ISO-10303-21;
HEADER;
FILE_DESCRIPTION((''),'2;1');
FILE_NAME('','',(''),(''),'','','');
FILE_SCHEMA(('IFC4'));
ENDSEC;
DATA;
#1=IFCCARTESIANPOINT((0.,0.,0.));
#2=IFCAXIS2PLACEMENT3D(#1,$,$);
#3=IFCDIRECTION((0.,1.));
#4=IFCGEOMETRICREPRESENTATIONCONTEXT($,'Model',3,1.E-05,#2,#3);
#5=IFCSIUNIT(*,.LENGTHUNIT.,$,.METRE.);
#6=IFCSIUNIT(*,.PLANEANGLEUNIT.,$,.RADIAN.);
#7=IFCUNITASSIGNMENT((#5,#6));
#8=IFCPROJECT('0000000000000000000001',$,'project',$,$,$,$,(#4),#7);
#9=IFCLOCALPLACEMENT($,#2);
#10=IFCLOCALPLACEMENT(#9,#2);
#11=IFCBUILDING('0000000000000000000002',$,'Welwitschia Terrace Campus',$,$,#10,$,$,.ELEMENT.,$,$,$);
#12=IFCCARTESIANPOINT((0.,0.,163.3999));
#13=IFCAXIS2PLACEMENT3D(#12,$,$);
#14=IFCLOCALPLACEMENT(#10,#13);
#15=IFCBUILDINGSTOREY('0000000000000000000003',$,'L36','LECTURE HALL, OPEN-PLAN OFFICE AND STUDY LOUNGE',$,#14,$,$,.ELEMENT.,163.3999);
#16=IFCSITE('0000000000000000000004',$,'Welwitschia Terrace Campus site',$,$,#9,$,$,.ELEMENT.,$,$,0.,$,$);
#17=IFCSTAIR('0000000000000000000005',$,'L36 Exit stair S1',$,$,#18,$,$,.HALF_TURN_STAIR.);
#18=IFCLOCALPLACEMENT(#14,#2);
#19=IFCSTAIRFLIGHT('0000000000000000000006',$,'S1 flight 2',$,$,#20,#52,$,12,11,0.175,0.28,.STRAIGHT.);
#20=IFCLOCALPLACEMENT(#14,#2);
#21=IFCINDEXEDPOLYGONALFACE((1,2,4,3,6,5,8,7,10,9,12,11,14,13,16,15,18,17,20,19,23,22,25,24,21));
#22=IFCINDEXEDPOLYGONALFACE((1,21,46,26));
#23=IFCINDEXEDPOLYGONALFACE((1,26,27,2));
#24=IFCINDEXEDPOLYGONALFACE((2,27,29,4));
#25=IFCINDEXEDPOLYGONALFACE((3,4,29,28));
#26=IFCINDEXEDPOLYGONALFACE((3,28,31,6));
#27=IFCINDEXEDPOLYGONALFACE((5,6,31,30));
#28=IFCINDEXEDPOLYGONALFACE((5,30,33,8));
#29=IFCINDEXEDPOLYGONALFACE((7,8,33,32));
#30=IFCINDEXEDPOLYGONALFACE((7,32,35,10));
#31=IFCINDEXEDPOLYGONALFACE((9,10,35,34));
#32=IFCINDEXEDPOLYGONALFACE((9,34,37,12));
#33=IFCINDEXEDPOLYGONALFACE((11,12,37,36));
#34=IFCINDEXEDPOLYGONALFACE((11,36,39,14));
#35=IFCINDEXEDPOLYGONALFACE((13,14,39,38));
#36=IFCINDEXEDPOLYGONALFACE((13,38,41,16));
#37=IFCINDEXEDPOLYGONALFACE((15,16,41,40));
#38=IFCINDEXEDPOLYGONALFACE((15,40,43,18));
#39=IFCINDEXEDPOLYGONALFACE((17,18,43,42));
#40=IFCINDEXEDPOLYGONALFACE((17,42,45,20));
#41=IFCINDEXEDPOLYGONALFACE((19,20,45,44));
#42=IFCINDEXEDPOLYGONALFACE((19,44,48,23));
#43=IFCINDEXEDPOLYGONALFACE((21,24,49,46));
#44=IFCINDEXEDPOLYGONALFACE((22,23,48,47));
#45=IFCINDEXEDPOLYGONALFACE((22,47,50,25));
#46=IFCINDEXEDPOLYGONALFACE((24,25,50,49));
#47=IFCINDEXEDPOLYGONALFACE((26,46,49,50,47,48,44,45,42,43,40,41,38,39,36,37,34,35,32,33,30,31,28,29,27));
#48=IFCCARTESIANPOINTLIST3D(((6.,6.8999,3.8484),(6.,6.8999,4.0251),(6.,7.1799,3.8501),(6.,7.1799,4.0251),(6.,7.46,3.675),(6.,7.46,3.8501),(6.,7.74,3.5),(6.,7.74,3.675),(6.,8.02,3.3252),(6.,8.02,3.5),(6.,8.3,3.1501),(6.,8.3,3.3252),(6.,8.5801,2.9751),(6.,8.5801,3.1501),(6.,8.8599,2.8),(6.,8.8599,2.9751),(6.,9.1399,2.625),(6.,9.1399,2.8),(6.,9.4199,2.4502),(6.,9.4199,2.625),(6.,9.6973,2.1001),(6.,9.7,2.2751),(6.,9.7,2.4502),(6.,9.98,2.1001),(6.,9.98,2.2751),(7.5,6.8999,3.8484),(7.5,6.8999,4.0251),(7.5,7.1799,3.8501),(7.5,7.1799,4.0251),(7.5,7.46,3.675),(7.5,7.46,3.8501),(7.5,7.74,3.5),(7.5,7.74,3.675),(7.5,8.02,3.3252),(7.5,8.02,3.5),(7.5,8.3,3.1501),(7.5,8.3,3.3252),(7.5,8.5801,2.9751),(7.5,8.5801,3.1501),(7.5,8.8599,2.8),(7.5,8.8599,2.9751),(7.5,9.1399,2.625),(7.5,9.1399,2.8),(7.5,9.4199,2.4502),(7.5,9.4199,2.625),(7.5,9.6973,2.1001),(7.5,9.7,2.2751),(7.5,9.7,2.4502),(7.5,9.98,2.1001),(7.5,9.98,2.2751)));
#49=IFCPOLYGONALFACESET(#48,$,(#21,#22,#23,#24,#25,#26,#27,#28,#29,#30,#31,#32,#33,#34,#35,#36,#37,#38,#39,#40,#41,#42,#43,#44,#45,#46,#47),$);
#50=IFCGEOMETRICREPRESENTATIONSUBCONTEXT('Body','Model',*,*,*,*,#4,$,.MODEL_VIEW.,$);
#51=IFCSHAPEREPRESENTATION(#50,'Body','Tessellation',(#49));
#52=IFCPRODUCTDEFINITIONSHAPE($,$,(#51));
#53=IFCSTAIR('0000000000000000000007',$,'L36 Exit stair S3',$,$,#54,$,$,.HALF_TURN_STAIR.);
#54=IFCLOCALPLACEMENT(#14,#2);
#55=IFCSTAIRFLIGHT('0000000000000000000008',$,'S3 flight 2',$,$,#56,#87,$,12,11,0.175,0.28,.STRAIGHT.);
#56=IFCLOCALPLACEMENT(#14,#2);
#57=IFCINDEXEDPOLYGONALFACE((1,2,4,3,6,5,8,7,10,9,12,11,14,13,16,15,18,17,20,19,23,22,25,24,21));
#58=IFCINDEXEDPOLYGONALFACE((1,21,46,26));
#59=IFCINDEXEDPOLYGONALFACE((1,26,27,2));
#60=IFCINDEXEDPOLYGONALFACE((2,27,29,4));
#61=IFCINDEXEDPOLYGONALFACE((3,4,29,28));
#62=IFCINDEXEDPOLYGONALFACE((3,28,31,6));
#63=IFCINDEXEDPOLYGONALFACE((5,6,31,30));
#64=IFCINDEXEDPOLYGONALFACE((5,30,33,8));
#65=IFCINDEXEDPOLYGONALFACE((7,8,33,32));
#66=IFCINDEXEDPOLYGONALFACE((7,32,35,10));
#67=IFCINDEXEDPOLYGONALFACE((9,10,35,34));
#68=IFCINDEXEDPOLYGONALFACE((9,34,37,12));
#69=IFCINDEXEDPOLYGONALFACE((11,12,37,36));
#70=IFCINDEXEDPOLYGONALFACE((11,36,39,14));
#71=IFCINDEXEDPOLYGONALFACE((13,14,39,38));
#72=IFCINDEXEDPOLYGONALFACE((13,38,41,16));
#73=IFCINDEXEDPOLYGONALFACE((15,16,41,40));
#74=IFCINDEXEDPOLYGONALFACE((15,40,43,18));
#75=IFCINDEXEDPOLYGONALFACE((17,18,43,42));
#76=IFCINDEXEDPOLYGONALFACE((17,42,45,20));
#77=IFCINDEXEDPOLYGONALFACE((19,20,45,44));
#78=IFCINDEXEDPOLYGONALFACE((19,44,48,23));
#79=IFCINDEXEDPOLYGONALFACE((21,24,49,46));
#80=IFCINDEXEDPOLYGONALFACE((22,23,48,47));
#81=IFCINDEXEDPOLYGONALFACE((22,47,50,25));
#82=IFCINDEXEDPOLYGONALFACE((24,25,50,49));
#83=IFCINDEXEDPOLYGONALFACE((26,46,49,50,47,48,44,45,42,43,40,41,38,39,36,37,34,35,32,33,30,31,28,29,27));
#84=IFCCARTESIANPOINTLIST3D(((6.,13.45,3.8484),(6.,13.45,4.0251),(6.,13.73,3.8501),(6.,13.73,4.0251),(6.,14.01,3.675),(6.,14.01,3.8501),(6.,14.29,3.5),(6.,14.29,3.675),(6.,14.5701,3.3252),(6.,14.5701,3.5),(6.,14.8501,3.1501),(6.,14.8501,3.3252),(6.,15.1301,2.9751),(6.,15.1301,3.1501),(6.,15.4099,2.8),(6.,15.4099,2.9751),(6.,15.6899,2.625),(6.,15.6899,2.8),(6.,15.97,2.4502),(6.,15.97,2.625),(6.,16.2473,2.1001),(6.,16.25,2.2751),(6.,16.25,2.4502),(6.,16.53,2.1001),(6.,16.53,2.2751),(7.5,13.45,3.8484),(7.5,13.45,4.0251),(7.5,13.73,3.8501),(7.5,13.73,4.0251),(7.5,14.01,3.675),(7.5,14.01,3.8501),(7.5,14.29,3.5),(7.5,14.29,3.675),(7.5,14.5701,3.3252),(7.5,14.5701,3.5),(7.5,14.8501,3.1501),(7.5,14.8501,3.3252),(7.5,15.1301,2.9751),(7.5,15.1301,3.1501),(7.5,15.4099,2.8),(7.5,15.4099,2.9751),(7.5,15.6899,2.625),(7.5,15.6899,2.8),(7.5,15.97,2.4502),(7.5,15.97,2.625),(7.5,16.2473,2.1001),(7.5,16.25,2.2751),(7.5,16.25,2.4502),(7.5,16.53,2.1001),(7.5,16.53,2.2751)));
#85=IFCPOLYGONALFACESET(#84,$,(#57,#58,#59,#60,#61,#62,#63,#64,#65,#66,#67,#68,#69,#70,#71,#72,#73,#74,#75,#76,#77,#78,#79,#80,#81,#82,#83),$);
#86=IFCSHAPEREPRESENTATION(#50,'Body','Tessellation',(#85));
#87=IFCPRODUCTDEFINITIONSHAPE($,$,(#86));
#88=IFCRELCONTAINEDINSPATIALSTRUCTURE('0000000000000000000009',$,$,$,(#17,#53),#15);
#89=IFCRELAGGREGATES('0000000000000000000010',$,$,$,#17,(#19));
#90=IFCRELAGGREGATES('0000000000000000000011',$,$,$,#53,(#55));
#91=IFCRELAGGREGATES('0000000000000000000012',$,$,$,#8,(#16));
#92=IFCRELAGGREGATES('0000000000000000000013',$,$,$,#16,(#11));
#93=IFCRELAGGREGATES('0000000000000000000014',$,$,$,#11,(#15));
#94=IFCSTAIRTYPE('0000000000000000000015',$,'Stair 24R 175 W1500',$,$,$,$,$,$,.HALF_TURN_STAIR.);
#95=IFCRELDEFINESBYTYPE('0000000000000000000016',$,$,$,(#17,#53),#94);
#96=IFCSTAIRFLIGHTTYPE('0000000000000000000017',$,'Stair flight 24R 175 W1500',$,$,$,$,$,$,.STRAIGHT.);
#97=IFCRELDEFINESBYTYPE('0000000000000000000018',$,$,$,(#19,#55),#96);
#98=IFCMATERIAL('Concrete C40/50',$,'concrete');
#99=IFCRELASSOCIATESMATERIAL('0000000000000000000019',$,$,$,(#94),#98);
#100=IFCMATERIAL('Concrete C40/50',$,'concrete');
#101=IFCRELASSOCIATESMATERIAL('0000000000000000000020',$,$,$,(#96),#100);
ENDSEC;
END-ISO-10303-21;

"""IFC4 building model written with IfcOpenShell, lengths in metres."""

from ifc_helpers import new_model, si_unit, direction, frame, origin, place, context, subcontext, project, spatial, polyline, outline, extrude, material, type_object, element, aggregate, save


model = new_model("IFC4")

# Units and contexts
model_context = context("Model", 3, precision=1e-05, world=origin(), true_north=direction((0.0, 1.0)))
body_context = subcontext(model_context, "Body", "Model", "MODEL_VIEW")
ifc_project = project(units=[si_unit("LENGTHUNIT", "METRE"), si_unit("PLANEANGLEUNIT", "RADIAN")], contexts=[model_context])

# Site, building, storey
site_placement = place(None, origin())
site = spatial("IfcSite", under=ifc_project, at=site_placement, Name="Welwitschia Terrace Campus site", CompositionType="ELEMENT", RefElevation=0.0)
building_placement = place(site_placement, origin())
building = spatial("IfcBuilding", under=site, at=building_placement, Name="Welwitschia Terrace Campus", CompositionType="ELEMENT")
storey_placement = place(building_placement, frame((0.0, 0.0, 163.3999)))
storey = spatial("IfcBuildingStorey", under=building, at=storey_placement, Name="L36", Description="LECTURE HALL, OPEN-PLAN OFFICE AND STUDY LOUNGE", CompositionType="ELEMENT", Elevation=163.3999)

# Stairs, stair flights
ifc_material_1 = material(Name="Concrete C40/50", Category="concrete")
stair_type = type_object("IfcStairType", Name="Stair 24R 175 W1500", PredefinedType="HALF_TURN_STAIR", material=ifc_material_1)
stair_1_placement = place(storey_placement, origin())
stair_1 = element("IfcStair", 1, at=stair_1_placement, inside=storey, type_object=stair_type, Name="L36 Exit stair S1", PredefinedType="HALF_TURN_STAIR")
ifc_material_2 = material(Name="Concrete C40/50", Category="concrete")
stair_flight_type = type_object("IfcStairFlightType", Name="Stair flight 24R 175 W1500", PredefinedType="STRAIGHT", material=ifc_material_2)
stair_flight_1_placement = place(storey_placement, frame((6.75, 9.98, 2.1001), z_axis=(0.0, 0.0, 1.0), x_axis=(0.0, -1.0, 0.0)))
stair_flight_1 = element("IfcStairFlight", 2, at=stair_flight_1_placement, type_object=stair_flight_type, Name="S1 flight 2", NumberOfRisers=12, NumberOfTreads=11, PredefinedType="STRAIGHT", RiserHeight=0.175, TreadLength=0.28, context=body_context, shape_type="SweptSolid", body=[
    extrude(outline(polyline([(0.0, 0.0), (0.0, 0.175), (0.28, 0.175), (0.28, 0.3501), (0.5601, 0.3501), (0.5601, 0.5249), (0.8401, 0.5249), (0.8401, 0.7), (1.1201, 0.7), (1.1201, 0.875), (1.3999, 0.875), (1.3999, 1.05), (1.6799, 1.05), (1.6799, 1.2251), (1.96, 1.2251), (1.96, 1.3999), (2.24, 1.3999), (2.24, 1.575), (2.52, 1.575), (2.52, 1.75), (2.8, 1.75), (2.8, 1.925), (3.0801, 1.925), (3.0801, 2.1001), (3.0801, 1.7483), (0.2827, 0.0), (0.0, 0.0)])), frame((0.0, 0.75, 0.0), z_axis=(0.0, -1.0, 0.0), x_axis=(1.0, 0.0, 0.0)), (0.0, 0.0, 1.0), 1.5),
])
aggregate(stair_1, [stair_flight_1])
stair_2_placement = place(storey_placement, origin())
stair_2 = element("IfcStair", 3, at=stair_2_placement, inside=storey, type_object=stair_type, Name="L36 Exit stair S3", PredefinedType="HALF_TURN_STAIR")
stair_flight_2_placement = place(storey_placement, frame((6.75, 16.53, 2.1001), z_axis=(0.0, 0.0, 1.0), x_axis=(0.0, -1.0, 0.0)))
stair_flight_2 = element("IfcStairFlight", 4, at=stair_flight_2_placement, type_object=stair_flight_type, Name="S3 flight 2", NumberOfRisers=12, NumberOfTreads=11, PredefinedType="STRAIGHT", RiserHeight=0.175, TreadLength=0.28, context=body_context, shape_type="SweptSolid", body=[
    extrude(outline(polyline([(0.0, 0.0), (0.0, 0.175), (0.28, 0.175), (0.28, 0.3501), (0.5601, 0.3501), (0.5601, 0.5249), (0.8401, 0.5249), (0.8401, 0.7), (1.1201, 0.7), (1.1201, 0.875), (1.3999, 0.875), (1.3999, 1.05), (1.6799, 1.05), (1.6799, 1.2251), (1.96, 1.2251), (1.96, 1.3999), (2.24, 1.3999), (2.24, 1.575), (2.52, 1.575), (2.52, 1.75), (2.8, 1.75), (2.8, 1.925), (3.0801, 1.925), (3.0801, 2.1001), (3.0801, 1.7483), (0.2827, 0.0), (0.0, 0.0)])), frame((0.0, 0.75, 0.0), z_axis=(0.0, -1.0, 0.0), x_axis=(1.0, 0.0, 0.0)), (0.0, 0.0, 1.0), 1.5),
])
aggregate(stair_2, [stair_flight_2])

save(model, "model.ifc")
